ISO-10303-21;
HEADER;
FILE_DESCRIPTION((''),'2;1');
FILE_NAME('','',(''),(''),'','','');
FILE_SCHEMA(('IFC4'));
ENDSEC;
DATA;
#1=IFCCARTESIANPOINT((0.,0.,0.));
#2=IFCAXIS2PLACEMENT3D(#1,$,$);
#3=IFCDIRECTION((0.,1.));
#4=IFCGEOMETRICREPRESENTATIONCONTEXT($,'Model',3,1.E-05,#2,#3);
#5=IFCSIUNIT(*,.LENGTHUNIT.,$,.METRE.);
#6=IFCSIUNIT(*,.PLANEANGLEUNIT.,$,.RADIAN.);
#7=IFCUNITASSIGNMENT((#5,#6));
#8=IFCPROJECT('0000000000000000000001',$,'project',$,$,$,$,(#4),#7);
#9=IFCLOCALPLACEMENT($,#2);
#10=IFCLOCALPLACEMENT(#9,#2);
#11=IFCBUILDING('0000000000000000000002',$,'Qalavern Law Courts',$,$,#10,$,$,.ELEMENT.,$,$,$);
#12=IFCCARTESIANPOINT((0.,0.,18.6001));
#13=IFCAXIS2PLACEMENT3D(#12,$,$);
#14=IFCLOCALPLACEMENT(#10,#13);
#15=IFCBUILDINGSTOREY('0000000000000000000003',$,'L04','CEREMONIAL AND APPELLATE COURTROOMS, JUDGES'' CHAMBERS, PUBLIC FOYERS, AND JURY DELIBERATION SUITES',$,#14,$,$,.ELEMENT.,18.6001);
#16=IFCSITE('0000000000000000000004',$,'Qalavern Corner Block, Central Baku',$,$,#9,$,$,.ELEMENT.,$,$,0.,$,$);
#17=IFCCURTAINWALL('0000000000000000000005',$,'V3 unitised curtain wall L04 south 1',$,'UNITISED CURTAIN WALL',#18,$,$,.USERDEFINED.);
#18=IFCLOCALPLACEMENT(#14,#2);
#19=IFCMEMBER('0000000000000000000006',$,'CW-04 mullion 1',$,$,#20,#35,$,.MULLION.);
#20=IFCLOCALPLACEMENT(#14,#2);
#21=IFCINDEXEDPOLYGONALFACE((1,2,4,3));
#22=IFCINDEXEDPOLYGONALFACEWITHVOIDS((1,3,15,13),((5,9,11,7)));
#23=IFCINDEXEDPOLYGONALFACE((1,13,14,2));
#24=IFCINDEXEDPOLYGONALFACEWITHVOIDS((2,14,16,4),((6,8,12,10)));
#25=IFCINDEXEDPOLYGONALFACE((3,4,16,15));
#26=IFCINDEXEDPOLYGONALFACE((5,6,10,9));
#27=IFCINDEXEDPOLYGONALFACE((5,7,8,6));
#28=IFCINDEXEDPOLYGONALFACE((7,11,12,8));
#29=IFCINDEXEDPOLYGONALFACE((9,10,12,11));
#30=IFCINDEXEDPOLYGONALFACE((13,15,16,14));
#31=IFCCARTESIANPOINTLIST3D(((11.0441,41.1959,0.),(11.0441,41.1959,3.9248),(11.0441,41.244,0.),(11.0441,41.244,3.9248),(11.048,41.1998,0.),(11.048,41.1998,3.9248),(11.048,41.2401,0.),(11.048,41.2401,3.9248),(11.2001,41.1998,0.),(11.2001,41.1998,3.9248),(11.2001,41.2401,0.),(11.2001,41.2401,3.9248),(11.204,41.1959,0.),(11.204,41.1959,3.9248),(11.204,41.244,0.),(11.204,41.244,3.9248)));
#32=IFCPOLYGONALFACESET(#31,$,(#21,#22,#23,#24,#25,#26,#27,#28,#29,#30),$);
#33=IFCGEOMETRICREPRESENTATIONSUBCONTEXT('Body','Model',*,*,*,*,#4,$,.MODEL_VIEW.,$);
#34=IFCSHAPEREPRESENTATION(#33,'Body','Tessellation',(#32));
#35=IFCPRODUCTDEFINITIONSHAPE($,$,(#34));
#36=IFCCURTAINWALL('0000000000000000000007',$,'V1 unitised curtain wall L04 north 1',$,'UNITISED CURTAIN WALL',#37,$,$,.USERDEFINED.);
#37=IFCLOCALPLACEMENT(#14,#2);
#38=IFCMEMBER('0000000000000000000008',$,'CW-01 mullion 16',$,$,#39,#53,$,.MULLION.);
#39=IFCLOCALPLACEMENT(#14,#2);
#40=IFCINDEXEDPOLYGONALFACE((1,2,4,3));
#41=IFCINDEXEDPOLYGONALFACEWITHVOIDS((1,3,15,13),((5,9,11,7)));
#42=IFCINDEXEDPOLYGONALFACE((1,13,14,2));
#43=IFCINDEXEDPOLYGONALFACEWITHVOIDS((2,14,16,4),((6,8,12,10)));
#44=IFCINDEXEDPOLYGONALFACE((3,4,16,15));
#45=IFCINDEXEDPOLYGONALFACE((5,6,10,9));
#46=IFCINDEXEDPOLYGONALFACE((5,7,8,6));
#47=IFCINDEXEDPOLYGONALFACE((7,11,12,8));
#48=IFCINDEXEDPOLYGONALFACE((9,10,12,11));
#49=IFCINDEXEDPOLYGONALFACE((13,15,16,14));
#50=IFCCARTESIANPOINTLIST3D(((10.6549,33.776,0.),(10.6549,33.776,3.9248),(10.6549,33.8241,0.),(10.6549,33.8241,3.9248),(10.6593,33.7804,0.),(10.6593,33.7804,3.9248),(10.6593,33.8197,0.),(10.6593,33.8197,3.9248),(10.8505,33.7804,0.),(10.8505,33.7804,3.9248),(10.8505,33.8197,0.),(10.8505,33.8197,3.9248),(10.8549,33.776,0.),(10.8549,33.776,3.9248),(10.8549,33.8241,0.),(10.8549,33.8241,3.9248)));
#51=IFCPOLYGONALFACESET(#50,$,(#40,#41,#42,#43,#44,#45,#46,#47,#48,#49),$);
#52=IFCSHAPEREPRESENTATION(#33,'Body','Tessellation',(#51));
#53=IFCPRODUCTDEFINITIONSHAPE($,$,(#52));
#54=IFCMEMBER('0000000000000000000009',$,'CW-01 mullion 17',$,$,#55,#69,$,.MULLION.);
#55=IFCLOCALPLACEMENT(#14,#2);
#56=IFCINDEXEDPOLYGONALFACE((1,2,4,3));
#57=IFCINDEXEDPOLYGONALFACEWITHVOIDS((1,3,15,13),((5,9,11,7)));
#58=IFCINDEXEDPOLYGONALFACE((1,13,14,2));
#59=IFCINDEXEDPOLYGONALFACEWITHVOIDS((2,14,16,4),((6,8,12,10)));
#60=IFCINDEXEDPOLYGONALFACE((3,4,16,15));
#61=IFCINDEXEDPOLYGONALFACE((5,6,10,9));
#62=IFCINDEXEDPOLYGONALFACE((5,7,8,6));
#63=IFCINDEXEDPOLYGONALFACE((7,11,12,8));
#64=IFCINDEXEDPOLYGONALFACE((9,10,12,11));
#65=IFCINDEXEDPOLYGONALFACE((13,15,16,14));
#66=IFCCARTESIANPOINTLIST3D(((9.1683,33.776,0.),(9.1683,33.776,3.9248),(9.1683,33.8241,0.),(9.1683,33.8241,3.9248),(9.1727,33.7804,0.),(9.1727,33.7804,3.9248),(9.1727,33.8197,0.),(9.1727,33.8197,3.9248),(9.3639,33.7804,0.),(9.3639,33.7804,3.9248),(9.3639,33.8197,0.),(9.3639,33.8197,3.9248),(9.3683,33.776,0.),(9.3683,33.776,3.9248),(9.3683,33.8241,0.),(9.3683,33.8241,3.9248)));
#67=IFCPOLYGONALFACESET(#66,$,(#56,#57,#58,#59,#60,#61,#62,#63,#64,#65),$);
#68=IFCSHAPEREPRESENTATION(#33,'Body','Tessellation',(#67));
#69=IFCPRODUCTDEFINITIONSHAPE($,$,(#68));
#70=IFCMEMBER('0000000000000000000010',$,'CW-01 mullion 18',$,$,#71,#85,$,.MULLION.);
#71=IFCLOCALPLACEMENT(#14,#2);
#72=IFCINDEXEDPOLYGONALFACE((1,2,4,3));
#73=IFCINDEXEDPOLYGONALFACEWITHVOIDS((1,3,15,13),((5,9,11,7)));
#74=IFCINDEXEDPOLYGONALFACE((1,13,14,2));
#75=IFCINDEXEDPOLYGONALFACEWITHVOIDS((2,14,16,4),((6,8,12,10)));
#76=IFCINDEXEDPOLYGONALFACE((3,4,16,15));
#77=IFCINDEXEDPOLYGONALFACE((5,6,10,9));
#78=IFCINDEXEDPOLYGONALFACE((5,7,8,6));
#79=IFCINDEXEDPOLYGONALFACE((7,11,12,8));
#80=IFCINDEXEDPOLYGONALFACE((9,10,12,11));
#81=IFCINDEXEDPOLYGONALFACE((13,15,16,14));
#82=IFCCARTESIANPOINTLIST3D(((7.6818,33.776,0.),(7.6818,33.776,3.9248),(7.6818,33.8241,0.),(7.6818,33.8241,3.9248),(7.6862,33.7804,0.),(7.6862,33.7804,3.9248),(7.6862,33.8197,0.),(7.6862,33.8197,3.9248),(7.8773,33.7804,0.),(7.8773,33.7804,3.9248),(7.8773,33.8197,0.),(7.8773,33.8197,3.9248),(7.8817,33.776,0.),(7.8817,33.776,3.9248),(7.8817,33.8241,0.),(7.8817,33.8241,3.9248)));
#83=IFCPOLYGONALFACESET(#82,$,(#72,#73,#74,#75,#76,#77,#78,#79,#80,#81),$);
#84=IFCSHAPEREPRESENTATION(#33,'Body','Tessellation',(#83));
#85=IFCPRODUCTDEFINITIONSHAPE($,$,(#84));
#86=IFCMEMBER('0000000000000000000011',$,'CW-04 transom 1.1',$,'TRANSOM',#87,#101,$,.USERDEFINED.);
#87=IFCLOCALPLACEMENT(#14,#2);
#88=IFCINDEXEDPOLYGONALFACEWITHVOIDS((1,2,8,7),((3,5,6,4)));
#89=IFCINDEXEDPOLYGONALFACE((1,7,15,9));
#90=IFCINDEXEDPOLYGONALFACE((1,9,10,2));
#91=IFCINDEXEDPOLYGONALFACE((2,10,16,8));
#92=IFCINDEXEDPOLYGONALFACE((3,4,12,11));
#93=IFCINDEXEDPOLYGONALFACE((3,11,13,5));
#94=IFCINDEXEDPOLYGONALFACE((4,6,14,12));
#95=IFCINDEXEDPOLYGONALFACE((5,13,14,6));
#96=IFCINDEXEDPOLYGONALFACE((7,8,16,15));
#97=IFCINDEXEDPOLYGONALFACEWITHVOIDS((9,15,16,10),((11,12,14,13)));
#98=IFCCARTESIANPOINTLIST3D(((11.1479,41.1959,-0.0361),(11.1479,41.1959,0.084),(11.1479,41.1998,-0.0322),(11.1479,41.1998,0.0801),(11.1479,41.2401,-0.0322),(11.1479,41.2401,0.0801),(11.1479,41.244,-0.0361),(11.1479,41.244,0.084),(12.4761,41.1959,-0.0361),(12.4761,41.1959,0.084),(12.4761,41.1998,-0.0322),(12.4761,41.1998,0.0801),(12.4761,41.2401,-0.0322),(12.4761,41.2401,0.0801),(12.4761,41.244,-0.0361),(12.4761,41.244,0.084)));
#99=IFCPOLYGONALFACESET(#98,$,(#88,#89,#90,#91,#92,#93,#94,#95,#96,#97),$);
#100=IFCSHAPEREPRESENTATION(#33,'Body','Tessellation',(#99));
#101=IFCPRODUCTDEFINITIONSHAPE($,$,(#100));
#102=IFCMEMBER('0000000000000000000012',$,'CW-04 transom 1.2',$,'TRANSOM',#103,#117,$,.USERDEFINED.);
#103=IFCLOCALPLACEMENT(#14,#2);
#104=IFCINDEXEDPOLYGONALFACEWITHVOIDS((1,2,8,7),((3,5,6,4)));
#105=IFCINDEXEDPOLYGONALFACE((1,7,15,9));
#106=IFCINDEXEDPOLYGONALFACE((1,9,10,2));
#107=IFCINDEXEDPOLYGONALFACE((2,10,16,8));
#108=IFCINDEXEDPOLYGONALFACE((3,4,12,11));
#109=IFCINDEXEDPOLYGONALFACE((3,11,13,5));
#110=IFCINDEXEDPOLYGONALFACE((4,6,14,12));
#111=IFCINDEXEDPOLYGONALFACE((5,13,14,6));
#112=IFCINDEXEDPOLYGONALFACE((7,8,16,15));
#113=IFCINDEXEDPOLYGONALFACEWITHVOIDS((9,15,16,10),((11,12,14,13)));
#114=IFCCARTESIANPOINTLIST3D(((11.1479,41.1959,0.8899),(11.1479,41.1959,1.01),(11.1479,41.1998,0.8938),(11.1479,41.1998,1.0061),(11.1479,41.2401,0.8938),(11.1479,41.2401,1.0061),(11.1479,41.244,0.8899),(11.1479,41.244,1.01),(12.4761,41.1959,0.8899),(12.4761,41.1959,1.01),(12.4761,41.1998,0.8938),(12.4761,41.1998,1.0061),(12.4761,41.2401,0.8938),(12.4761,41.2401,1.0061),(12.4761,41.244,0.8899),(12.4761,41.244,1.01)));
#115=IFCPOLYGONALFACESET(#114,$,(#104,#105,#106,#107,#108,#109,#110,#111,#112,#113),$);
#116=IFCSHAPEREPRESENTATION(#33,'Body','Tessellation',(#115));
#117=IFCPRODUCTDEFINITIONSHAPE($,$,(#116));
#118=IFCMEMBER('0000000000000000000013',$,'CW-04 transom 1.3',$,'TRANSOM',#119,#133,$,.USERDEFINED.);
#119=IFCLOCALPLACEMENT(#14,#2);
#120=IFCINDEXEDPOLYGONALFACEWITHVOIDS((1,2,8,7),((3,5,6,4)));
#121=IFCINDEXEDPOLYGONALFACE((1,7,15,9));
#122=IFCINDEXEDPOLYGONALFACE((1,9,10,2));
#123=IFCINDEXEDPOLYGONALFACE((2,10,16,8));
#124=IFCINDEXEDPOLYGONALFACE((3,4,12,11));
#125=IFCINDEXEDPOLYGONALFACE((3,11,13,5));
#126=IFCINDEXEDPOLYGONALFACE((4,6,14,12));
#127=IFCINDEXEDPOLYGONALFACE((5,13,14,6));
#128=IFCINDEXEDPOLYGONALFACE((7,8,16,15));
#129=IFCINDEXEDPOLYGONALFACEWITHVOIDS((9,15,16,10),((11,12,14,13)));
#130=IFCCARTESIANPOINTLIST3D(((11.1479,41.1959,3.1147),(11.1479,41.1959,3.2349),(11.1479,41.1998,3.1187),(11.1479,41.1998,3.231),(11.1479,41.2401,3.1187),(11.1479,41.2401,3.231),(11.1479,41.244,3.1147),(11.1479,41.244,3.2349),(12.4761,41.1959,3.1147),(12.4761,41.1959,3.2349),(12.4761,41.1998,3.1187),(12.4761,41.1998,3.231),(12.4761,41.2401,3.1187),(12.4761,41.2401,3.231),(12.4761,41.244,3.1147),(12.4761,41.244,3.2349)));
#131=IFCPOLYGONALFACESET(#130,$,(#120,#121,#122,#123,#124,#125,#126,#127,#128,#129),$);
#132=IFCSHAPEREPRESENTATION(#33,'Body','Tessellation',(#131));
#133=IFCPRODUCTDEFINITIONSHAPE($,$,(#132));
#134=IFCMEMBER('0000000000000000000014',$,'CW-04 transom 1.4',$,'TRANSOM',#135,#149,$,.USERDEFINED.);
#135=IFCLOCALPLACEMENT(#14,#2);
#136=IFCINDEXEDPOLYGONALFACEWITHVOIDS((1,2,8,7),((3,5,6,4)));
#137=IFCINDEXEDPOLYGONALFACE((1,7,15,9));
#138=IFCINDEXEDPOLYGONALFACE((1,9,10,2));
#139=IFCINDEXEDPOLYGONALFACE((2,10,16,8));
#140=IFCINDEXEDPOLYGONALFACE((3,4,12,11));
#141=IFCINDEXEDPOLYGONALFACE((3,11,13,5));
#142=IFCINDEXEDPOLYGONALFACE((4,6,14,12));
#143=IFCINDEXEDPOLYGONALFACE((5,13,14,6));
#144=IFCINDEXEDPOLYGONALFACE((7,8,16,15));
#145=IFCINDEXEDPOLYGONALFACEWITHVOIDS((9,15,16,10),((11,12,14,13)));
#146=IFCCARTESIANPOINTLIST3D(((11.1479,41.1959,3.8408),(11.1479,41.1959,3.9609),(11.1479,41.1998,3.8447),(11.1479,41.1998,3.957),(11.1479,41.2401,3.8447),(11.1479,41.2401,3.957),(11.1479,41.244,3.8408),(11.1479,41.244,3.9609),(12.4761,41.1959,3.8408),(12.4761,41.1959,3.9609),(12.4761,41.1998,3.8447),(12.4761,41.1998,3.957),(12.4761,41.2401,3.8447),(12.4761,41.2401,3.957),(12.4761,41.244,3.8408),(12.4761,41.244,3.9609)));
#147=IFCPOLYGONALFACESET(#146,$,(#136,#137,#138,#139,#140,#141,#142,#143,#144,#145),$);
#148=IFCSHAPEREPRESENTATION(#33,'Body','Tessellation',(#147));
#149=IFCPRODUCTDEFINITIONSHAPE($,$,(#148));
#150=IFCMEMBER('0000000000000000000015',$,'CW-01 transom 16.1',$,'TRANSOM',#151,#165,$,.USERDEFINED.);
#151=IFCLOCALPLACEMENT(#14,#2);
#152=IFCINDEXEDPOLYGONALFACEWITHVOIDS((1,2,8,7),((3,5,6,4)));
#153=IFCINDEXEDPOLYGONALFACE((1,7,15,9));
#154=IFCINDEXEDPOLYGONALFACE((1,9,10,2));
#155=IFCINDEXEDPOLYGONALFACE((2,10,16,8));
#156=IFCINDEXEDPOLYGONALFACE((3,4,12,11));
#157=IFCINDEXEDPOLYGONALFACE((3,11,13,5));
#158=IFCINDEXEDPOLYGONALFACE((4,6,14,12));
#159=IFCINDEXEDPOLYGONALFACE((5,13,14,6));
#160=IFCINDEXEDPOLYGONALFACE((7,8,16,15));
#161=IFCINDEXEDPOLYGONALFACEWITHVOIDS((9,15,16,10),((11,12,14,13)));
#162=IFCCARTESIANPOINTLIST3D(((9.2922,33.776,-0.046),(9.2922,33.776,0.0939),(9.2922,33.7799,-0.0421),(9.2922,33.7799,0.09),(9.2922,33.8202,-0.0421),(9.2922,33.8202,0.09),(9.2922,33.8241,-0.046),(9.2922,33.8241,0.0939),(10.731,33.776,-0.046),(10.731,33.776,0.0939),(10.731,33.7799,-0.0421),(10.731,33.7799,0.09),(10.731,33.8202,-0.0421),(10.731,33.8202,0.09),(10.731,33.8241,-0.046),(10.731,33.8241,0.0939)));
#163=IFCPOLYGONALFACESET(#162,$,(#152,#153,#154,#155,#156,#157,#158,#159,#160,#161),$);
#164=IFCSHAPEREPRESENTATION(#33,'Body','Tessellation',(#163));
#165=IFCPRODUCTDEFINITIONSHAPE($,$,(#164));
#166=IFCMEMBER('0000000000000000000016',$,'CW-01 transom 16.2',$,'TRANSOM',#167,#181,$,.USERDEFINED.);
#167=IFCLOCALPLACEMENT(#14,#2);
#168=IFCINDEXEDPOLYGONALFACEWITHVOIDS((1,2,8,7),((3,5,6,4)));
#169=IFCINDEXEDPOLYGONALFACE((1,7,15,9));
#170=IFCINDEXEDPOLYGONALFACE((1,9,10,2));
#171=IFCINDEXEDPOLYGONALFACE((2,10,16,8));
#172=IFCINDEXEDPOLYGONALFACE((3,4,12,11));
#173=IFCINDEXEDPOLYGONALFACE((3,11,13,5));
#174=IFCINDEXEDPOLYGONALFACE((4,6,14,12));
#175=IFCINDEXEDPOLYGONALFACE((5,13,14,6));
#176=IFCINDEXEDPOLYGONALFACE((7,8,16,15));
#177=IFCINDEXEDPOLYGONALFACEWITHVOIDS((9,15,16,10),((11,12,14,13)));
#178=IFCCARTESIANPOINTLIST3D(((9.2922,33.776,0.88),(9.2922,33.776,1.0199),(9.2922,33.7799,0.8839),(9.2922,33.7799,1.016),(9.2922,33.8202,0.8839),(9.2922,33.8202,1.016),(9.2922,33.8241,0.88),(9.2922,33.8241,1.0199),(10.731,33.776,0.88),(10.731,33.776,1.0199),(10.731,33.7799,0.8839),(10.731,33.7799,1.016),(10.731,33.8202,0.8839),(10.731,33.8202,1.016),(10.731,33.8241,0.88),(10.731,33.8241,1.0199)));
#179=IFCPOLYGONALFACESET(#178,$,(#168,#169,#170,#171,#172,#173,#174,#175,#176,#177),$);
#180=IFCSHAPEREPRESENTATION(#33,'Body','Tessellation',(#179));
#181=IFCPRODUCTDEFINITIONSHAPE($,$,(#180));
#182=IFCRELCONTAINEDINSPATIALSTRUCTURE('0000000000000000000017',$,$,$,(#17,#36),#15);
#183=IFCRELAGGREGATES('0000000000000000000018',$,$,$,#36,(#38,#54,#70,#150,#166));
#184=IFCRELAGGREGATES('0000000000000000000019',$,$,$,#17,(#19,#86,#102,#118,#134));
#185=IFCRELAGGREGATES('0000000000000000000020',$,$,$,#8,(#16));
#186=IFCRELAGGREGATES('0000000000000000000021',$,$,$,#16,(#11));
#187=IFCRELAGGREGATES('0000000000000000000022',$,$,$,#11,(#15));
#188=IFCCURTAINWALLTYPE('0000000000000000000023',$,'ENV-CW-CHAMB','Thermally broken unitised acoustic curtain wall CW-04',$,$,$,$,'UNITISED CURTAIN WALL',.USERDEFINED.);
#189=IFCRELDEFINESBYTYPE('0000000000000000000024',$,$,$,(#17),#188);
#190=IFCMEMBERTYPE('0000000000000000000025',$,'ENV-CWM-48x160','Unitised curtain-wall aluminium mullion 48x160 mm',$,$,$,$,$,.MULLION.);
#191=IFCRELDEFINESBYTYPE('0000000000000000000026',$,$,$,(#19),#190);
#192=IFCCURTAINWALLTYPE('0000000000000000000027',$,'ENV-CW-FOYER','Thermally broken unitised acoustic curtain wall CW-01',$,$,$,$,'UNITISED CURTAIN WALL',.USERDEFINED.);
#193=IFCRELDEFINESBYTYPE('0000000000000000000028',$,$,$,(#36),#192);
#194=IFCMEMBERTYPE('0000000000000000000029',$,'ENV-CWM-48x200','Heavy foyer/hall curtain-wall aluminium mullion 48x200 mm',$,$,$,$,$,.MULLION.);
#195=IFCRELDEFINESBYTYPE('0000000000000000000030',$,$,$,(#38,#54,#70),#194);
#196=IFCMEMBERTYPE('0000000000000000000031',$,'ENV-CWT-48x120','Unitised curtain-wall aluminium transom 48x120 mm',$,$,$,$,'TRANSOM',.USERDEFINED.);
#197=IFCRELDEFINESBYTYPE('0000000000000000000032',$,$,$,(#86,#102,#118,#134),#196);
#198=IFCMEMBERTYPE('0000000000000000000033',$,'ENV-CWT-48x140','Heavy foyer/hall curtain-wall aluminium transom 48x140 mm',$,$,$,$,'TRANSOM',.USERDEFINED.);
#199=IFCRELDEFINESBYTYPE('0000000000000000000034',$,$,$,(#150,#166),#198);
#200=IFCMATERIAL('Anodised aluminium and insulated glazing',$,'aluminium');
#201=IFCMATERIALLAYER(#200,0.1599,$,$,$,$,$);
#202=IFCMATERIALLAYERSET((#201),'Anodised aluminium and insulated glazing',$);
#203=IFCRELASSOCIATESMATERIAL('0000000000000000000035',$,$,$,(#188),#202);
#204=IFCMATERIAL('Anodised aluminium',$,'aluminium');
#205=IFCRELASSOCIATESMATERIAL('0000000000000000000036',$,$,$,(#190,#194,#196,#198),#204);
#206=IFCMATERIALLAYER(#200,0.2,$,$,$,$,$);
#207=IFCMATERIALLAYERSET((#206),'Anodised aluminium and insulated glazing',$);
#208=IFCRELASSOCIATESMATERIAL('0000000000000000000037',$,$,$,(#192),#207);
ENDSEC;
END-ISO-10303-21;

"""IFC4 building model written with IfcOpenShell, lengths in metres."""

from ifc_helpers import new_model, si_unit, direction, frame, origin, origin_2d, place, context, subcontext, project, spatial, hollow_rectangle, extrude, material, layer, layer_set, material_profile, profile_set, type_object, element, aggregate, save


model = new_model("IFC4")

# Units and contexts
model_context = context("Model", 3, precision=1e-05, world=origin(), true_north=direction((0.0, 1.0)))
body_context = subcontext(model_context, "Body", "Model", "MODEL_VIEW")
ifc_project = project(units=[si_unit("LENGTHUNIT", "METRE"), si_unit("PLANEANGLEUNIT", "RADIAN")], contexts=[model_context])

# Site, building, storey
site_placement = place(None, origin())
site = spatial("IfcSite", under=ifc_project, at=site_placement, Name="Qalavern Corner Block, Central Baku", CompositionType="ELEMENT", RefElevation=0.0)
building_placement = place(site_placement, origin())
building = spatial("IfcBuilding", under=site, at=building_placement, Name="Qalavern Law Courts", CompositionType="ELEMENT")
storey_placement = place(building_placement, frame((0.0, 0.0, 18.6001)))
storey = spatial("IfcBuildingStorey", under=building, at=storey_placement, Name="L04", Description="CEREMONIAL AND APPELLATE COURTROOMS, JUDGES' CHAMBERS, PUBLIC FOYERS, AND JURY DELIBERATION SUITES", CompositionType="ELEMENT", Elevation=18.6001)

# Curtain wall, member
ifc_material_1 = material(Name="Anodised aluminium and insulated glazing", Category="aluminium")
ifc_layer_1 = layer(ifc_material_1, 0.1599)
ifc_layer_set_1 = layer_set([ifc_layer_1], Name="Anodised aluminium and insulated glazing")
curtain_wall_type_1 = type_object("IfcCurtainWallType", Name="ENV-CW-CHAMB", Description="Thermally broken unitised acoustic curtain wall CW-04", ElementType="UNITISED CURTAIN WALL", PredefinedType="USERDEFINED", material=ifc_layer_set_1)
curtain_wall_1_placement = place(storey_placement, origin())
curtain_wall_1 = element("IfcCurtainWall", 1, at=curtain_wall_1_placement, inside=storey, type_object=curtain_wall_type_1, Name="V3 unitised curtain wall L04 south 1", ObjectType="UNITISED CURTAIN WALL", PredefinedType="USERDEFINED")
ifc_material_2 = material(Name="Anodised aluminium", Category="aluminium")
ifc_material_profile_1 = material_profile(ifc_material_2, hollow_rectangle(XDim=0.0481, YDim=0.1599, WallThickness=0.0039, at=origin_2d()), Name="ALU MULLION 48x160")
ifc_profile_set_1 = profile_set([ifc_material_profile_1], Name="Anodised aluminium")
member_type_1 = type_object("IfcMemberType", Name="ENV-CWM-48x160", Description="Unitised curtain-wall aluminium mullion 48x160 mm", PredefinedType="MULLION", material=ifc_profile_set_1)
member_1_placement = place(storey_placement, frame((11.124, 41.22, 0.0), z_axis=(0.0, 0.0, 1.0), x_axis=(0.0, 1.0, 0.0)))
member_1 = element("IfcMember", 2, at=member_1_placement, type_object=member_type_1, Name="CW-04 mullion 1", PredefinedType="MULLION", context=body_context, shape_type="SweptSolid", body=[
    extrude(hollow_rectangle(XDim=0.0481, YDim=0.1599, WallThickness=0.0039, at=origin_2d()), origin(), (0.0, 0.0, 1.0), 3.9248),
])

# Curtain wall, members
ifc_layer_2 = layer(ifc_material_1, 0.2)
ifc_layer_set_2 = layer_set([ifc_layer_2], Name="Anodised aluminium and insulated glazing")
curtain_wall_type_2 = type_object("IfcCurtainWallType", Name="ENV-CW-FOYER", Description="Thermally broken unitised acoustic curtain wall CW-01", ElementType="UNITISED CURTAIN WALL", PredefinedType="USERDEFINED", material=ifc_layer_set_2)
curtain_wall_2_placement = place(storey_placement, origin())
curtain_wall_2 = element("IfcCurtainWall", 3, at=curtain_wall_2_placement, inside=storey, type_object=curtain_wall_type_2, Name="V1 unitised curtain wall L04 north 1", ObjectType="UNITISED CURTAIN WALL", PredefinedType="USERDEFINED")
ifc_material_profile_2 = material_profile(ifc_material_2, hollow_rectangle(XDim=0.0481, YDim=0.2, WallThickness=0.0044, at=origin_2d()), Name="ALU MULLION 48x200")
ifc_profile_set_2 = profile_set([ifc_material_profile_2], Name="Anodised aluminium")
member_type_2 = type_object("IfcMemberType", Name="ENV-CWM-48x200", Description="Heavy foyer/hall curtain-wall aluminium mullion 48x200 mm", PredefinedType="MULLION", material=ifc_profile_set_2)
member_2_placement = place(storey_placement, frame((10.7549, 33.8, 0.0), z_axis=(0.0, 0.0, 1.0), x_axis=(0.0, -1.0, 0.0)))
member_2 = element("IfcMember", 4, at=member_2_placement, type_object=member_type_2, Name="CW-01 mullion 16", PredefinedType="MULLION", context=body_context, shape_type="SweptSolid", body=[
    extrude(hollow_rectangle(XDim=0.0481, YDim=0.2, WallThickness=0.0044, at=origin_2d()), origin(), (0.0, 0.0, 1.0), 3.9248),
])
member_3_placement = place(storey_placement, frame((9.2683, 33.8, 0.0), z_axis=(0.0, 0.0, 1.0), x_axis=(0.0, -1.0, 0.0)))
member_3 = element("IfcMember", 5, at=member_3_placement, type_object=member_type_2, Name="CW-01 mullion 17", PredefinedType="MULLION", context=body_context, shape_type="SweptSolid", body=[
    extrude(hollow_rectangle(XDim=0.0481, YDim=0.2, WallThickness=0.0044, at=origin_2d()), origin(), (0.0, 0.0, 1.0), 3.9248),
])
member_4_placement = place(storey_placement, frame((7.7817, 33.8, 0.0), z_axis=(0.0, 0.0, 1.0), x_axis=(0.0, -1.0, 0.0)))
member_4 = element("IfcMember", 6, at=member_4_placement, type_object=member_type_2, Name="CW-01 mullion 18", PredefinedType="MULLION", context=body_context, shape_type="SweptSolid", body=[
    extrude(hollow_rectangle(XDim=0.0481, YDim=0.2, WallThickness=0.0044, at=origin_2d()), origin(), (0.0, 0.0, 1.0), 3.9248),
])

# Members
ifc_material_profile_3 = material_profile(ifc_material_2, hollow_rectangle(XDim=0.0481, YDim=0.1201, WallThickness=0.0039, at=origin_2d()), Name="ALU TRANSOM 48x120")
ifc_profile_set_3 = profile_set([ifc_material_profile_3], Name="Anodised aluminium")
member_type_3 = type_object("IfcMemberType", Name="ENV-CWT-48x120", Description="Unitised curtain-wall aluminium transom 48x120 mm", ElementType="TRANSOM", PredefinedType="USERDEFINED", material=ifc_profile_set_3)
member_5_placement = place(storey_placement, frame((11.1479, 41.22, 0.0239), z_axis=(1.0, 0.0, 0.0), x_axis=(0.0, 1.0, 0.0)))
member_5 = element("IfcMember", 7, at=member_5_placement, type_object=member_type_3, Name="CW-04 transom 1.1", ObjectType="TRANSOM", PredefinedType="USERDEFINED", context=body_context, shape_type="SweptSolid", body=[
    extrude(hollow_rectangle(XDim=0.0481, YDim=0.1201, WallThickness=0.0039, at=origin_2d()), origin(), (0.0, 0.0, 1.0), 1.3281),
])
member_6_placement = place(storey_placement, frame((11.1479, 41.22, 0.95), z_axis=(1.0, 0.0, 0.0), x_axis=(0.0, 1.0, 0.0)))
member_6 = element("IfcMember", 8, at=member_6_placement, type_object=member_type_3, Name="CW-04 transom 1.2", ObjectType="TRANSOM", PredefinedType="USERDEFINED", context=body_context, shape_type="SweptSolid", body=[
    extrude(hollow_rectangle(XDim=0.0481, YDim=0.1201, WallThickness=0.0039, at=origin_2d()), origin(), (0.0, 0.0, 1.0), 1.3281),
])
member_7_placement = place(storey_placement, frame((11.1479, 41.22, 3.1748), z_axis=(1.0, 0.0, 0.0), x_axis=(0.0, 1.0, 0.0)))
member_7 = element("IfcMember", 9, at=member_7_placement, type_object=member_type_3, Name="CW-04 transom 1.3", ObjectType="TRANSOM", PredefinedType="USERDEFINED", context=body_context, shape_type="SweptSolid", body=[
    extrude(hollow_rectangle(XDim=0.0481, YDim=0.1201, WallThickness=0.0039, at=origin_2d()), origin(), (0.0, 0.0, 1.0), 1.3281),
])
member_8_placement = place(storey_placement, frame((11.1479, 41.22, 3.9009), z_axis=(1.0, 0.0, 0.0), x_axis=(0.0, 1.0, 0.0)))
member_8 = element("IfcMember", 10, at=member_8_placement, type_object=member_type_3, Name="CW-04 transom 1.4", ObjectType="TRANSOM", PredefinedType="USERDEFINED", context=body_context, shape_type="SweptSolid", body=[
    extrude(hollow_rectangle(XDim=0.0481, YDim=0.1201, WallThickness=0.0039, at=origin_2d()), origin(), (0.0, 0.0, 1.0), 1.3281),
])
ifc_material_profile_4 = material_profile(ifc_material_2, hollow_rectangle(XDim=0.0481, YDim=0.1399, WallThickness=0.0039, at=origin_2d()), Name="ALU TRANSOM 48x140")
ifc_profile_set_4 = profile_set([ifc_material_profile_4], Name="Anodised aluminium")
member_type_4 = type_object("IfcMemberType", Name="ENV-CWT-48x140", Description="Heavy foyer/hall curtain-wall aluminium transom 48x140 mm", ElementType="TRANSOM", PredefinedType="USERDEFINED", material=ifc_profile_set_4)
member_9_placement = place(storey_placement, frame((10.731, 33.8, 0.0239), z_axis=(-1.0, 0.0, 0.0), x_axis=(0.0, -1.0, 0.0)))
member_9 = element("IfcMember", 11, at=member_9_placement, type_object=member_type_4, Name="CW-01 transom 16.1", ObjectType="TRANSOM", PredefinedType="USERDEFINED", context=body_context, shape_type="SweptSolid", body=[
    extrude(hollow_rectangle(XDim=0.0481, YDim=0.1399, WallThickness=0.0039, at=origin_2d()), origin(), (0.0, 0.0, 1.0), 1.4387),
])
member_10_placement = place(storey_placement, frame((10.731, 33.8, 0.95), z_axis=(-1.0, 0.0, 0.0), x_axis=(0.0, -1.0, 0.0)))
member_10 = element("IfcMember", 12, at=member_10_placement, type_object=member_type_4, Name="CW-01 transom 16.2", ObjectType="TRANSOM", PredefinedType="USERDEFINED", context=body_context, shape_type="SweptSolid", body=[
    extrude(hollow_rectangle(XDim=0.0481, YDim=0.1399, WallThickness=0.0039, at=origin_2d()), origin(), (0.0, 0.0, 1.0), 1.4387),
])

aggregate(curtain_wall_2, [member_2, member_3, member_4, member_9, member_10])
aggregate(curtain_wall_1, [member_1, member_5, member_6, member_7, member_8])

save(model, "model.ifc")
